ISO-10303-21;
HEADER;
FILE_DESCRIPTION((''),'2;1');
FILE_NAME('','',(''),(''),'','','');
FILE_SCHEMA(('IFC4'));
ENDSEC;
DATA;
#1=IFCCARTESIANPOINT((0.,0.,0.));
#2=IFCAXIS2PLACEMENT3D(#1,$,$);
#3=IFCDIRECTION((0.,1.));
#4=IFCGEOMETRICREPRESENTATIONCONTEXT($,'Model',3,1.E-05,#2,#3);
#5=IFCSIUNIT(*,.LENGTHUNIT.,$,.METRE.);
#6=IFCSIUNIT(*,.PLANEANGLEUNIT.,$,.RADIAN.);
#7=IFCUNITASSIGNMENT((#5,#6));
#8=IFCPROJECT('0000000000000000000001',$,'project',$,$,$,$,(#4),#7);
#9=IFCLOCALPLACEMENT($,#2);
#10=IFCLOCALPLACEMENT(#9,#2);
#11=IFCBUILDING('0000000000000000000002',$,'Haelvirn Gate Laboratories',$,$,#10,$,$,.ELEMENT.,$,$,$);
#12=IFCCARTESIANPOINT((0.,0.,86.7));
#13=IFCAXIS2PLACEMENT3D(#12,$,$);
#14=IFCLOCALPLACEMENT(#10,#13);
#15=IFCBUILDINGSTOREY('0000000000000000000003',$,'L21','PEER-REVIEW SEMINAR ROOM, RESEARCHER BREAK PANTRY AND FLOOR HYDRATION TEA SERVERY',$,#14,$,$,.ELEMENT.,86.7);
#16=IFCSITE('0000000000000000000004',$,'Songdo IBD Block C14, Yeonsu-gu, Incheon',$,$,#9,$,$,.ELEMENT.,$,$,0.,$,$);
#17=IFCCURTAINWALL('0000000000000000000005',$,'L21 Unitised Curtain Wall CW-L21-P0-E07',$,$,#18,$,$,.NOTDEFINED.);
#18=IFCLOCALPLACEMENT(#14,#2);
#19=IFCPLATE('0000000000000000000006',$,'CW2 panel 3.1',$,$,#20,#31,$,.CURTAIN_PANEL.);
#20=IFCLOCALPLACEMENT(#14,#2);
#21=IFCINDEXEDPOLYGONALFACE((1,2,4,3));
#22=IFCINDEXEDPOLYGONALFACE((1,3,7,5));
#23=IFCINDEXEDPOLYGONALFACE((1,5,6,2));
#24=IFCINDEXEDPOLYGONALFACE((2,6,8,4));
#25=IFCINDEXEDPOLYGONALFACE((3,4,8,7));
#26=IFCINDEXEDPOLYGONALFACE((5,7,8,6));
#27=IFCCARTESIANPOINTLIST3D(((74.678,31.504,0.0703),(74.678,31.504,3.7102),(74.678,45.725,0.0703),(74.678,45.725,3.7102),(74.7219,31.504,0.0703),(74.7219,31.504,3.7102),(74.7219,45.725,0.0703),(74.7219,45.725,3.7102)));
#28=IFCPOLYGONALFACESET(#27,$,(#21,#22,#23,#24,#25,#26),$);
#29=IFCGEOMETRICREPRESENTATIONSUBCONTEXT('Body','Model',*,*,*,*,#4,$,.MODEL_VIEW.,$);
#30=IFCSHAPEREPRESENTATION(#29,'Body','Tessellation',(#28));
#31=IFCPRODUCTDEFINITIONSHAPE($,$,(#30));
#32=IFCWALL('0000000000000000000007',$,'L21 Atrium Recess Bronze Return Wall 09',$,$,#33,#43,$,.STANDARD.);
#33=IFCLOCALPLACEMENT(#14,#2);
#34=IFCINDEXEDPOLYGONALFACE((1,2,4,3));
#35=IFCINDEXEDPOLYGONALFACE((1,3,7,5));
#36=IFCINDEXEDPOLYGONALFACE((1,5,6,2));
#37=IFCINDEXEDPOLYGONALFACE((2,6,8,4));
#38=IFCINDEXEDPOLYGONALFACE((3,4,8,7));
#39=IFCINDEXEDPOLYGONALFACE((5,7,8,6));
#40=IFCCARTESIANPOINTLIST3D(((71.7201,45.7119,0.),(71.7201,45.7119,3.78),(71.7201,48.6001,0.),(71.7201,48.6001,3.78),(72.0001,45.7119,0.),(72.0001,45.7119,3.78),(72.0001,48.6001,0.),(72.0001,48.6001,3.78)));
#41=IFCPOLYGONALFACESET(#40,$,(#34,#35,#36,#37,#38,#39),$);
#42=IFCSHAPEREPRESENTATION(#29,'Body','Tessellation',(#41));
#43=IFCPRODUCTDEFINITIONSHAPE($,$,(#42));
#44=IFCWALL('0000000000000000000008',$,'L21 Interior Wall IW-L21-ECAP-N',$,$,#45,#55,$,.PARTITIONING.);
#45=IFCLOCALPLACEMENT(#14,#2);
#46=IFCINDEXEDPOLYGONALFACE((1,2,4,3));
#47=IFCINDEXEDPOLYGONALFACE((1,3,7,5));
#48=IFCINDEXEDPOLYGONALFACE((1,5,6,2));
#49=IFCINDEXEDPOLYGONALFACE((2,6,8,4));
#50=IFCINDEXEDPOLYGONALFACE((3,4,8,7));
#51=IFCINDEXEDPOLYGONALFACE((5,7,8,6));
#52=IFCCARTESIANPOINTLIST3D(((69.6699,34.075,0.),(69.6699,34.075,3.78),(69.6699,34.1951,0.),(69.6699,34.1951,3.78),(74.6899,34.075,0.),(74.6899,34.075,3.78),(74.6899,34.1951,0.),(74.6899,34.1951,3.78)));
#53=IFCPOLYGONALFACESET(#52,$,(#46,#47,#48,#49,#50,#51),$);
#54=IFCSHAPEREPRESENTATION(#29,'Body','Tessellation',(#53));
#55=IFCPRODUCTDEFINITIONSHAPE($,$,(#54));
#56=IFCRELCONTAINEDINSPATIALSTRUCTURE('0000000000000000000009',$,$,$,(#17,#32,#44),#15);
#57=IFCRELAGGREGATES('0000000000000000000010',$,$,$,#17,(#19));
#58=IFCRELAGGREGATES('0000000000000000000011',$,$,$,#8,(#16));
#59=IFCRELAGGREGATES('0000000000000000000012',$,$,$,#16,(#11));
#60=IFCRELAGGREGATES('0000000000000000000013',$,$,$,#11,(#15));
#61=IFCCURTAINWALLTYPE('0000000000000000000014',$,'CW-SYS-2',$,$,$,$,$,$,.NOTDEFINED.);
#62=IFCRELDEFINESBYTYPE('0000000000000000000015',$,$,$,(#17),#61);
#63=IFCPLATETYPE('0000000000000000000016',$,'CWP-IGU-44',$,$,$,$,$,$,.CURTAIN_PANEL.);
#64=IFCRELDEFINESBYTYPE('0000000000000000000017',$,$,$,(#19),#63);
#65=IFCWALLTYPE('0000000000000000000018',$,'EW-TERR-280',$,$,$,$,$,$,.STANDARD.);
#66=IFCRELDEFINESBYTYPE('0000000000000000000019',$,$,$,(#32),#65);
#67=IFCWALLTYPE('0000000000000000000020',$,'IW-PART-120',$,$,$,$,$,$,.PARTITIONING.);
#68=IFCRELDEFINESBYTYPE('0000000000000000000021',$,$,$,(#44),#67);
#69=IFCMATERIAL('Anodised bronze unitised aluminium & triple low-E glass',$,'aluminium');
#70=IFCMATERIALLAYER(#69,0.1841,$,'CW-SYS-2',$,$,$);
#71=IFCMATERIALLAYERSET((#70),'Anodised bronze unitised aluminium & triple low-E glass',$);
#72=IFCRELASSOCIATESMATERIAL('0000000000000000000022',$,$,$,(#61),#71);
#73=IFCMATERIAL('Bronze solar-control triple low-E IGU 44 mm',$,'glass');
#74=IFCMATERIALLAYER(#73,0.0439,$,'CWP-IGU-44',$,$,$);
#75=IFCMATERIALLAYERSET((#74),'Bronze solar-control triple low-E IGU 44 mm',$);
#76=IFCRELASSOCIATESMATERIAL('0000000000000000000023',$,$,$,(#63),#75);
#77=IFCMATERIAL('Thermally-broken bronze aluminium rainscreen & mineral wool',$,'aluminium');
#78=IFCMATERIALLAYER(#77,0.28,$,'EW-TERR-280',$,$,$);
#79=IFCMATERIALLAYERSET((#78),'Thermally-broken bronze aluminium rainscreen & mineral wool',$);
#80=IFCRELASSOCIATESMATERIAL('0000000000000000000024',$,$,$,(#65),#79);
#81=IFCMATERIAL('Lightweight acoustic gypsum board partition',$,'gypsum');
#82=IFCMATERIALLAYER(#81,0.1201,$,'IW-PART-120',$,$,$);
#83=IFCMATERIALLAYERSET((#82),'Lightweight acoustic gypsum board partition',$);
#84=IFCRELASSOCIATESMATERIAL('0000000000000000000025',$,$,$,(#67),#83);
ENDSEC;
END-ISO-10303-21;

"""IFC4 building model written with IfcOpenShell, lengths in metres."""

from ifc_helpers import new_model, si_unit, direction, frame, frame_2d, origin, origin_2d, place, context, subcontext, project, spatial, rectangle, extrude, source, transform, mapped, material, layer, layer_set, type_object, element, aggregate, save


model = new_model("IFC4")

# Units and contexts
model_context = context("Model", 3, precision=1e-05, world=origin(), true_north=direction((0.0, 1.0)))
body_context = subcontext(model_context, "Body", "Model", "MODEL_VIEW")
ifc_project = project(units=[si_unit("LENGTHUNIT", "METRE"), si_unit("PLANEANGLEUNIT", "RADIAN")], contexts=[model_context])

# Site, building, storey
site_placement = place(None, origin())
site = spatial("IfcSite", under=ifc_project, at=site_placement, Name="Songdo IBD Block C14, Yeonsu-gu, Incheon", CompositionType="ELEMENT", RefElevation=0.0)
building_placement = place(site_placement, origin())
building = spatial("IfcBuilding", under=site, at=building_placement, Name="Haelvirn Gate Laboratories", CompositionType="ELEMENT")
storey_placement = place(building_placement, frame((0.0, 0.0, 86.7)))
storey = spatial("IfcBuildingStorey", under=building, at=storey_placement, Name="L21", Description="PEER-REVIEW SEMINAR ROOM, RESEARCHER BREAK PANTRY AND FLOOR HYDRATION TEA SERVERY", CompositionType="ELEMENT", Elevation=86.7)

# Curtain wall
ifc_material_1 = material(Name="Anodised bronze unitised aluminium & triple low-E glass", Category="aluminium")
ifc_layer_1 = layer(ifc_material_1, 0.1841, Name="CW-SYS-2")
ifc_layer_set_1 = layer_set([ifc_layer_1], Name="Anodised bronze unitised aluminium & triple low-E glass")
curtain_wall_type_1 = type_object("IfcCurtainWallType", Name="CW-SYS-2", PredefinedType="NOTDEFINED", material=ifc_layer_set_1)
curtain_wall_1_placement = place(storey_placement, origin())
curtain_wall_1 = element("IfcCurtainWall", 1, at=curtain_wall_1_placement, inside=storey, type_object=curtain_wall_type_1, Name="L21 Unitised Curtain Wall CW-L21-P0-E07", PredefinedType="NOTDEFINED")

# Plate
ifc_material_2 = material(Name="Bronze solar-control triple low-E IGU 44 mm", Category="glass")
ifc_layer_2 = layer(ifc_material_2, 0.0439, Name="CWP-IGU-44")
ifc_layer_set_2 = layer_set([ifc_layer_2], Name="Bronze solar-control triple low-E IGU 44 mm")
plate_type_1 = type_object("IfcPlateType", Name="CWP-IGU-44", PredefinedType="CURTAIN_PANEL", material=ifc_layer_set_2)
shared_shape_1 = source(origin(), body_context, "Body", "SweptSolid", [
    extrude(rectangle(XDim=14.2209, YDim=0.0439, at=origin_2d()), origin(), (0.0, 0.0, 1.0), 3.6399),
])
plate_1_placement = place(storey_placement, frame((74.7, 38.6145, 0.0703), z_axis=(0.0, 0.0, 1.0), x_axis=(0.0, 1.0, 0.0)))
plate_1 = element("IfcPlate", 2, at=plate_1_placement, type_object=plate_type_1, Name="CW2 panel 3.1", PredefinedType="CURTAIN_PANEL", context=body_context, shape_type="MappedRepresentation", body=[
    mapped(shared_shape_1, transform((0.0, 0.0, 0.0), scale=1.0)),
])
aggregate(curtain_wall_1, [plate_1])

# Walls
ifc_material_3 = material(Name="Thermally-broken bronze aluminium rainscreen & mineral wool", Category="aluminium")
ifc_layer_3 = layer(ifc_material_3, 0.28, Name="EW-TERR-280")
ifc_layer_set_3 = layer_set([ifc_layer_3], Name="Thermally-broken bronze aluminium rainscreen & mineral wool")
wall_type_1 = type_object("IfcWallType", Name="EW-TERR-280", PredefinedType="STANDARD", material=ifc_layer_set_3)
wall_1_placement = place(storey_placement, frame((71.8601, 45.7119, 0.0), z_axis=(0.0, 0.0, 1.0), x_axis=(0.0, 1.0, 0.0)))
element("IfcWall", 3, at=wall_1_placement, inside=storey, type_object=wall_type_1, Name="L21 Atrium Recess Bronze Return Wall 09", PredefinedType="STANDARD", context=body_context, shape_type="SweptSolid", body=[
    extrude(rectangle(XDim=2.8882, YDim=0.28, at=frame_2d((1.4441, 0.0))), origin(), (0.0, 0.0, 1.0), 3.78),
])
ifc_material_4 = material(Name="Lightweight acoustic gypsum board partition", Category="gypsum")
ifc_layer_4 = layer(ifc_material_4, 0.1201, Name="IW-PART-120")
ifc_layer_set_4 = layer_set([ifc_layer_4], Name="Lightweight acoustic gypsum board partition")
wall_type_2 = type_object("IfcWallType", Name="IW-PART-120", PredefinedType="PARTITIONING", material=ifc_layer_set_4)
wall_2_placement = place(storey_placement, frame((69.6699, 34.135, 0.0), z_axis=(0.0, 0.0, 1.0), x_axis=(1.0, 0.0, 0.0)))
element("IfcWall", 4, at=wall_2_placement, inside=storey, type_object=wall_type_2, Name="L21 Interior Wall IW-L21-ECAP-N", PredefinedType="PARTITIONING", context=body_context, shape_type="SweptSolid", body=[
    extrude(rectangle(XDim=5.02, YDim=0.1201, at=frame_2d((2.51, 0.0))), origin(), (0.0, 0.0, 1.0), 3.78),
])

save(model, "model.ifc")
